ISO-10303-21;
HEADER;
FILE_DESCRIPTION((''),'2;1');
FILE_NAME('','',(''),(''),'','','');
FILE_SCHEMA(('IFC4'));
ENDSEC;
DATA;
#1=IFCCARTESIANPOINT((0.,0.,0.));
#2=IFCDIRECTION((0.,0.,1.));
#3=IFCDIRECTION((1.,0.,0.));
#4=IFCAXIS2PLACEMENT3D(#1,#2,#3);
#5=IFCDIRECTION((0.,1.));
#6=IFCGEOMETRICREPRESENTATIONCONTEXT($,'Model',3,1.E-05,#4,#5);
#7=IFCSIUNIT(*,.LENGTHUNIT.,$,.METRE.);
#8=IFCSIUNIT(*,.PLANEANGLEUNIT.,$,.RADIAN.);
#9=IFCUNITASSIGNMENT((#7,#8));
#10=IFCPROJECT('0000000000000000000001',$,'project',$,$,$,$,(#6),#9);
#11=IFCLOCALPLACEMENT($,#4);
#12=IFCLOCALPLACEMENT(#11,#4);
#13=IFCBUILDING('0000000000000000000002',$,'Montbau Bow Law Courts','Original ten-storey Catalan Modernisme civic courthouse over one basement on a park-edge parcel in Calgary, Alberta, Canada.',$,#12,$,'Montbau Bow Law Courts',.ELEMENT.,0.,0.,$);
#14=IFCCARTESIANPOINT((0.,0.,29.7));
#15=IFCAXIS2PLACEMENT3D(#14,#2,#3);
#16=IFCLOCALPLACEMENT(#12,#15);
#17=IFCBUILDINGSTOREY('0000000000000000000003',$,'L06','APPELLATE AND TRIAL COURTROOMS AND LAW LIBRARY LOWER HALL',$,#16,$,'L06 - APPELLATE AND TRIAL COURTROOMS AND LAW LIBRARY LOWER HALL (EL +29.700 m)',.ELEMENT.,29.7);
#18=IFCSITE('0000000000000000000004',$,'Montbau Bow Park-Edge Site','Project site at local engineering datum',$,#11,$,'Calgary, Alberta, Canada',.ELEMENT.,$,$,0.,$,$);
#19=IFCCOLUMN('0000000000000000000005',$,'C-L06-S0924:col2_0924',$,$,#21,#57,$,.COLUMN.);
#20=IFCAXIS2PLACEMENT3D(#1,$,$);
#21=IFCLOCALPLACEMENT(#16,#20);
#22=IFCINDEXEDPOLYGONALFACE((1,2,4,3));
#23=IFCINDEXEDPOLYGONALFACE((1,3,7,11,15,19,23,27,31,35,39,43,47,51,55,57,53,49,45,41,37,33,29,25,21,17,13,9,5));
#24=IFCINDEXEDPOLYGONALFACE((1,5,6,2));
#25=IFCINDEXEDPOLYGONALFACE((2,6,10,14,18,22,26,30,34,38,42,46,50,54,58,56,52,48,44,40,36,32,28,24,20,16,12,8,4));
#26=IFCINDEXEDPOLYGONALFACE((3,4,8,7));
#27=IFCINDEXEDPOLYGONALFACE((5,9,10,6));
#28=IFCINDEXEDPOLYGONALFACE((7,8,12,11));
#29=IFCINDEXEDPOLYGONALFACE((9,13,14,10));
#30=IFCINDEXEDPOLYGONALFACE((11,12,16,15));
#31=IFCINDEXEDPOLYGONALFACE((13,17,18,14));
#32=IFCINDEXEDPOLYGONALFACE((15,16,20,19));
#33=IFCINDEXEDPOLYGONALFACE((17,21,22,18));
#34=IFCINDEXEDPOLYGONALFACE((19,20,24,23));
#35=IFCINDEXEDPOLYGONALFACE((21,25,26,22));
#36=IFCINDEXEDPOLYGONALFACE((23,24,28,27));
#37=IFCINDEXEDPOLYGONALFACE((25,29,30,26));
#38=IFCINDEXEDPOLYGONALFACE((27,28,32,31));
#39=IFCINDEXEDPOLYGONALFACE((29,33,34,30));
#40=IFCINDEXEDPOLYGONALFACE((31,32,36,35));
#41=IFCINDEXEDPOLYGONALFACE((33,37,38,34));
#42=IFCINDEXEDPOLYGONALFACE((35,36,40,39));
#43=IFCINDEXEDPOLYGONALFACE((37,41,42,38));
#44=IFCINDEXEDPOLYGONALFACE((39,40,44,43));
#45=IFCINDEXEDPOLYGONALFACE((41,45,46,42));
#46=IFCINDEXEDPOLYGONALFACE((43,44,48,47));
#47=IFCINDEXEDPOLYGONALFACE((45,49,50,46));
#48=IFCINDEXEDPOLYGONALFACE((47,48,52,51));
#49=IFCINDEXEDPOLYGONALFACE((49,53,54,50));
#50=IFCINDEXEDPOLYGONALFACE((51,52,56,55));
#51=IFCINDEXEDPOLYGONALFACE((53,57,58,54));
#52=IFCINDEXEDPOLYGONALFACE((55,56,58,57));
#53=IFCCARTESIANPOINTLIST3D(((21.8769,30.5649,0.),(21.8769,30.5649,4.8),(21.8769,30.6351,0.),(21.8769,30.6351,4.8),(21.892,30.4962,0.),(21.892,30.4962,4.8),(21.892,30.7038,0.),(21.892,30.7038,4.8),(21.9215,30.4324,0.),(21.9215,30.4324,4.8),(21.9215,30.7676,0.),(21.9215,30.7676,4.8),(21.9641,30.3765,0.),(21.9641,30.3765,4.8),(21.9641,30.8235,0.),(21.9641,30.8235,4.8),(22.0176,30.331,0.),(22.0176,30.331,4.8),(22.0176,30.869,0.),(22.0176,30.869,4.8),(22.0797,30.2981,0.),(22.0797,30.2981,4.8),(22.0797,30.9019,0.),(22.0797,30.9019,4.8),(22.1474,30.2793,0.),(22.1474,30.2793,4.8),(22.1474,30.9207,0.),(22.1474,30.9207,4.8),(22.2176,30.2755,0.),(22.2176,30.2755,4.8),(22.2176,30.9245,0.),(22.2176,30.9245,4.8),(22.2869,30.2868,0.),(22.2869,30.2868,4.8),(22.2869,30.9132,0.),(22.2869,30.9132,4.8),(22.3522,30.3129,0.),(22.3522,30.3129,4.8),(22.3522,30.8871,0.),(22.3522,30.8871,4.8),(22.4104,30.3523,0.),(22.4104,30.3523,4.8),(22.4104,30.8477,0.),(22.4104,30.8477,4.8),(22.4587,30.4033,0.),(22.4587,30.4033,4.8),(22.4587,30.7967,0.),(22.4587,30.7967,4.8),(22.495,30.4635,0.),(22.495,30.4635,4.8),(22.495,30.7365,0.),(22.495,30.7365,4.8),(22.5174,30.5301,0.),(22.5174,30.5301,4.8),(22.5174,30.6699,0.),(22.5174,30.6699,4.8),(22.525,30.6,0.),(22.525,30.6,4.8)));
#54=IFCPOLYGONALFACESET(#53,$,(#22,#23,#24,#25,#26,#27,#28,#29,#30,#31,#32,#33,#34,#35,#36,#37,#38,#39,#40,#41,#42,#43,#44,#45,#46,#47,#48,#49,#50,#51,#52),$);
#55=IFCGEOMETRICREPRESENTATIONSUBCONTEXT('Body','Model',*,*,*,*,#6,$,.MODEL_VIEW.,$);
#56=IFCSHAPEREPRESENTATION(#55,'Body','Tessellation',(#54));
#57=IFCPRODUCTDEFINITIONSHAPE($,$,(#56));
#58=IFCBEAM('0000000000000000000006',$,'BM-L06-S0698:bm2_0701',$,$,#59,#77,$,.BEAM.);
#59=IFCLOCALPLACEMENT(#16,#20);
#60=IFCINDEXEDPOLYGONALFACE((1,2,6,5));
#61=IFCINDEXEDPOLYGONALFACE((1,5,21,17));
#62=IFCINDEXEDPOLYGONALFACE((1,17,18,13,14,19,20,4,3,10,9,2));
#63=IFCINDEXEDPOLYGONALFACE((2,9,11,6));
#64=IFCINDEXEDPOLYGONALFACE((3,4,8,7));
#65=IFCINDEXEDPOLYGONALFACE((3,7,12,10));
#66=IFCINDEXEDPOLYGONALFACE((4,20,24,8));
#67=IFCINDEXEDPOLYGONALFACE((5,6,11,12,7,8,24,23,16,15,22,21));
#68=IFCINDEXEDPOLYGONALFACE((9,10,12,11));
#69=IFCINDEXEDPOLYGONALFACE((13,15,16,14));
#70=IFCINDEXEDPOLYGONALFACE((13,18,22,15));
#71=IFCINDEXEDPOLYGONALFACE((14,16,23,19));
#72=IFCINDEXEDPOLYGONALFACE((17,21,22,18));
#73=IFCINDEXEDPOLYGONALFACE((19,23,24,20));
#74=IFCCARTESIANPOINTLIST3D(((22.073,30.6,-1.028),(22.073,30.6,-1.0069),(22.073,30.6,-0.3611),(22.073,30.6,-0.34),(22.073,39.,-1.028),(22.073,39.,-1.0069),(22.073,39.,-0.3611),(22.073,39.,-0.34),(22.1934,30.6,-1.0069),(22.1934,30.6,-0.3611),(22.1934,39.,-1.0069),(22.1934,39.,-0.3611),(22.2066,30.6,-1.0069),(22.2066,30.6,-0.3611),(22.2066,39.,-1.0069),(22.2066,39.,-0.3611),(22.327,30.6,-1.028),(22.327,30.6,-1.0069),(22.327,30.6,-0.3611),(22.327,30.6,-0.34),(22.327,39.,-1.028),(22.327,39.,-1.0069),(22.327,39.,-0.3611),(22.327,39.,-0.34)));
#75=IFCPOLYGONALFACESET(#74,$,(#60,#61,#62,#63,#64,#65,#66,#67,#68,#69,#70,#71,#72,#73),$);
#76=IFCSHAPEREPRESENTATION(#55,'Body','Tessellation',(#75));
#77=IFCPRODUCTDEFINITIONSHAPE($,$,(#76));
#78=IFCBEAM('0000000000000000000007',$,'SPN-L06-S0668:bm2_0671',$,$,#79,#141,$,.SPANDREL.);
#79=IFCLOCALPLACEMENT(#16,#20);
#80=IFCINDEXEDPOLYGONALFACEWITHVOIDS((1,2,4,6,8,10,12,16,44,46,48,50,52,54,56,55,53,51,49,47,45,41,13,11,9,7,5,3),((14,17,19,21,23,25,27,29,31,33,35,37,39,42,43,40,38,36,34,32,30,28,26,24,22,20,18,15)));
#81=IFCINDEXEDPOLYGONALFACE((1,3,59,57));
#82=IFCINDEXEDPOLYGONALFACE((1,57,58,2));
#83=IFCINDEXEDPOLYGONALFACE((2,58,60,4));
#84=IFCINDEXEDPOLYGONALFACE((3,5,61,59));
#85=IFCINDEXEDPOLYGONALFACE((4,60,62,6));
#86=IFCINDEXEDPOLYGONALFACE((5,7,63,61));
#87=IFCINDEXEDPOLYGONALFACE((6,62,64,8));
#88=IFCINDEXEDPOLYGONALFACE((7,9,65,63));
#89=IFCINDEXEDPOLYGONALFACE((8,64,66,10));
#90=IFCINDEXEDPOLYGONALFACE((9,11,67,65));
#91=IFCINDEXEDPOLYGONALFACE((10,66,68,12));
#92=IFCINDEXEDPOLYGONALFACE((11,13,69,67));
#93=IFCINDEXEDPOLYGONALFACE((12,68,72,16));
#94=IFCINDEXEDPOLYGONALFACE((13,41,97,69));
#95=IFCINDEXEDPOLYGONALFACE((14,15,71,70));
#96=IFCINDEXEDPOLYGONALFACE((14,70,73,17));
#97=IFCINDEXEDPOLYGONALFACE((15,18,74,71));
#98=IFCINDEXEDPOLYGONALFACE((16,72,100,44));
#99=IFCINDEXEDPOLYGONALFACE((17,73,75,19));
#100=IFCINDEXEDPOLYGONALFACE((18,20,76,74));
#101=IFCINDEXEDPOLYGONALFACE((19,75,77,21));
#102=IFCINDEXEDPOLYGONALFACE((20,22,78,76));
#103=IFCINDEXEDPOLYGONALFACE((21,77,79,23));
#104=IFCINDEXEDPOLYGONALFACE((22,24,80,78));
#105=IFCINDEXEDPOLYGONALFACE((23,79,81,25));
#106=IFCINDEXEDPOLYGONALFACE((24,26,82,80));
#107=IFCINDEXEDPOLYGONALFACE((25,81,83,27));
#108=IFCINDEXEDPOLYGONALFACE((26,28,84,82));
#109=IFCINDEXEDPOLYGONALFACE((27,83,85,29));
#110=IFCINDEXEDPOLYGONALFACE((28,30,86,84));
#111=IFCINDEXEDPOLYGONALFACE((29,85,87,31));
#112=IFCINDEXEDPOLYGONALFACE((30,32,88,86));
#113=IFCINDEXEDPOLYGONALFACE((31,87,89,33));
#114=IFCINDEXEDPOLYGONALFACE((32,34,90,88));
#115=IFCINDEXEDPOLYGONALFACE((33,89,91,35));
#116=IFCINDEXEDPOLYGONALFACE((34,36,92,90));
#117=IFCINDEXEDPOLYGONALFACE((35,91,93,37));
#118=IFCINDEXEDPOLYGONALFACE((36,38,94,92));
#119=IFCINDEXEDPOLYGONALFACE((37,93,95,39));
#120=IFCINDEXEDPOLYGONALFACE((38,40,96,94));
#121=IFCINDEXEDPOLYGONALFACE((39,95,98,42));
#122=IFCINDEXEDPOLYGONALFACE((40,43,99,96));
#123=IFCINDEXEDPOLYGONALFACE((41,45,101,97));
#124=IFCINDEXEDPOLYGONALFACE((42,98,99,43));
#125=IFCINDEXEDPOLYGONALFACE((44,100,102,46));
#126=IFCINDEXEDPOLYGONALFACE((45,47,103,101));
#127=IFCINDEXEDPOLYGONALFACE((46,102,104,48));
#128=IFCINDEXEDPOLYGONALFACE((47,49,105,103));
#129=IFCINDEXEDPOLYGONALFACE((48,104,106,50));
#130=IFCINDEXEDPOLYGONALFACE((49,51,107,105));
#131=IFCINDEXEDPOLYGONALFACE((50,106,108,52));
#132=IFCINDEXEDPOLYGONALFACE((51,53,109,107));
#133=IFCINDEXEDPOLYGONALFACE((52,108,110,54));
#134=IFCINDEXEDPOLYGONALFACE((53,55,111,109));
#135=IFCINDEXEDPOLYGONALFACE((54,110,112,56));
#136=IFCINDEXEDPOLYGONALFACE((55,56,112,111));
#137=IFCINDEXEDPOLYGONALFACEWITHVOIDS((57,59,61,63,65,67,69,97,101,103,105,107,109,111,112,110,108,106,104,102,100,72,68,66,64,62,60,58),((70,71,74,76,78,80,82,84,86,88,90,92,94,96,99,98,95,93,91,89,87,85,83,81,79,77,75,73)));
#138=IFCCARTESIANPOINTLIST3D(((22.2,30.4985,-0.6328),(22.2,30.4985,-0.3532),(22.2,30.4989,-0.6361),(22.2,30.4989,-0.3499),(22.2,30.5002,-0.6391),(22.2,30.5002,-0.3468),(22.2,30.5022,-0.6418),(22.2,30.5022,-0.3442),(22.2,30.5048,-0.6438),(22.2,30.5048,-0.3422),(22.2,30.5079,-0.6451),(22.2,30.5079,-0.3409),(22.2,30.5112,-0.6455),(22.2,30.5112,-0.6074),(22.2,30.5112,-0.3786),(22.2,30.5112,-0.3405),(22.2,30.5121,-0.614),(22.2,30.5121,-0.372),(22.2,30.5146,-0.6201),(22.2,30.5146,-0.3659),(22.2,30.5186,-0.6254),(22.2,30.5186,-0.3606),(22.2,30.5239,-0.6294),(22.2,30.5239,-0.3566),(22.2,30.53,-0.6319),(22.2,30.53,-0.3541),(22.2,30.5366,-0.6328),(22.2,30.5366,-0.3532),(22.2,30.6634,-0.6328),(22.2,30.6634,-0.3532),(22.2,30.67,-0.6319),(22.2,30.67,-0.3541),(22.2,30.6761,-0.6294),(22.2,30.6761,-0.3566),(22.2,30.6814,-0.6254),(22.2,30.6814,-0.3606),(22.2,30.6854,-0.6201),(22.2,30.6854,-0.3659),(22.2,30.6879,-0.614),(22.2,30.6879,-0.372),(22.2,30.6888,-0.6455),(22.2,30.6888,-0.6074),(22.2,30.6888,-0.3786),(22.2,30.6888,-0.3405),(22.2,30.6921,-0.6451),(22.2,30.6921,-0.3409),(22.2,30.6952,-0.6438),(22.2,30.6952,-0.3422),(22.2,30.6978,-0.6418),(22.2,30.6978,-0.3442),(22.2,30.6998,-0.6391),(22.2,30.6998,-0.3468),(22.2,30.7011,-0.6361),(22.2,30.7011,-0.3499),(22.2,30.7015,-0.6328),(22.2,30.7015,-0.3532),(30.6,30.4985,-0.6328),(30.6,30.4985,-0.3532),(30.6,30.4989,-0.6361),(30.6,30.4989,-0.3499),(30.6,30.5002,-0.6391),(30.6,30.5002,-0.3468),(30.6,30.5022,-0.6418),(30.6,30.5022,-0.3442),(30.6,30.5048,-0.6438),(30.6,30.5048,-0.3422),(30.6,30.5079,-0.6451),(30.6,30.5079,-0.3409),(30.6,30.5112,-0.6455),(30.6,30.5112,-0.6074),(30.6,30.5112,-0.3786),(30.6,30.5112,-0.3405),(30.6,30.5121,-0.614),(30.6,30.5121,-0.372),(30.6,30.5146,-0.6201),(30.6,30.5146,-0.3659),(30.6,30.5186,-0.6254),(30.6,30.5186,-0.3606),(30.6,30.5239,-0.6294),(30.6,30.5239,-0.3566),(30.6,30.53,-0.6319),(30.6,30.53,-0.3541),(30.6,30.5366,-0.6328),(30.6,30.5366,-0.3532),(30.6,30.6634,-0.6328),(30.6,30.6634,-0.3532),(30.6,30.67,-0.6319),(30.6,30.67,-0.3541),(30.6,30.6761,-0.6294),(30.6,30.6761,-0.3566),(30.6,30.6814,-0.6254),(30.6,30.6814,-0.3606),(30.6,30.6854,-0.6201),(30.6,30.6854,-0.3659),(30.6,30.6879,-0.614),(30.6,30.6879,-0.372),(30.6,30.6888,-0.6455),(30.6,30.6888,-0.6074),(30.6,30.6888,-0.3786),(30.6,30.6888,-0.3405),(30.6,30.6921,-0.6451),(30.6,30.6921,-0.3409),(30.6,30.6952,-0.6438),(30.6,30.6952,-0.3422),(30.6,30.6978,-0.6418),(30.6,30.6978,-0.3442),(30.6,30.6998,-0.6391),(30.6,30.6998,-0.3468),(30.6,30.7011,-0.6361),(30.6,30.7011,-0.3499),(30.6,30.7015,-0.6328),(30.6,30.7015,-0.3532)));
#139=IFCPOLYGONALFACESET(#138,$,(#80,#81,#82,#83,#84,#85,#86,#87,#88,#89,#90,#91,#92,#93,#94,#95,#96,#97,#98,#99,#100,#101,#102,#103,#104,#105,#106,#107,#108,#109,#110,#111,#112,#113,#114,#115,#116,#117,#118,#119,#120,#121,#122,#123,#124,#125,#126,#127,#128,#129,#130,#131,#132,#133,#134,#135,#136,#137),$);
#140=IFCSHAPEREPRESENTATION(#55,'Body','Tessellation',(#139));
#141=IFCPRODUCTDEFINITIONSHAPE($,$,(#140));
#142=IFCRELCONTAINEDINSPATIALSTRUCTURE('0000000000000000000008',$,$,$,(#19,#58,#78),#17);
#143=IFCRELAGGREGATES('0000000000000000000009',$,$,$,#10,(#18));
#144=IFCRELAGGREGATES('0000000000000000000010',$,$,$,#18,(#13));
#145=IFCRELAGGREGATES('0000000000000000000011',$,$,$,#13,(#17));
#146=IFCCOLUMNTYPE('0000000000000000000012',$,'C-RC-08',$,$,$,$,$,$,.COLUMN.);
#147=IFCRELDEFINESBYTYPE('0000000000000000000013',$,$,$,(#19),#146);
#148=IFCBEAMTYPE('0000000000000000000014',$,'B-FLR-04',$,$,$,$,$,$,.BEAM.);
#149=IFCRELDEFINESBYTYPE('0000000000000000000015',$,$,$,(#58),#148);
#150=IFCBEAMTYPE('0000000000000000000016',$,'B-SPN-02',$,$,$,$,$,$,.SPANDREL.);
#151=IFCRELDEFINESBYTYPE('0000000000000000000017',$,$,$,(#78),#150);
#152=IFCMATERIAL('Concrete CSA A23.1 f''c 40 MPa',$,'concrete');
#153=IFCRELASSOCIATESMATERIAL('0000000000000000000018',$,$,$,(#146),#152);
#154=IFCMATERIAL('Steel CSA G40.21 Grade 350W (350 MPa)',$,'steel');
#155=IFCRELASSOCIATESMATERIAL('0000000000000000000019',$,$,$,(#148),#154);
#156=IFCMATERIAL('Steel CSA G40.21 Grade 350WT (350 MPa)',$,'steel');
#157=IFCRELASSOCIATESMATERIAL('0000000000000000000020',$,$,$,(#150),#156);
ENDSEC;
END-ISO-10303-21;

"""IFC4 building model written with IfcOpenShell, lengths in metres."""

from ifc_helpers import new_model, si_unit, direction, frame, origin_with_axes, origin_2d_with_axis, place, context, subcontext, project, spatial, hollow_rectangle, circle, i_section, extrude, material, material_profile, profile_set, type_object, element, save


model = new_model("IFC4")

# Units and contexts
model_context = context("Model", 3, precision=1e-05, world=origin_with_axes(), true_north=direction((0.0, 1.0)))
body_context = subcontext(model_context, "Body", "Model", "MODEL_VIEW")
ifc_project = project(units=[si_unit("LENGTHUNIT", "METRE"), si_unit("PLANEANGLEUNIT", "RADIAN")], contexts=[model_context])

# Site, building, storey
site_placement = place(None, origin_with_axes())
site = spatial("IfcSite", under=ifc_project, at=site_placement, Name="Montbau Bow Park-Edge Site", Description="Project site at local engineering datum", LongName="Calgary, Alberta, Canada", CompositionType="ELEMENT", RefElevation=0.0)
building_placement = place(site_placement, origin_with_axes())
building = spatial("IfcBuilding", under=site, at=building_placement, Name="Montbau Bow Law Courts", Description="Original ten-storey Catalan Modernisme civic courthouse over one basement on a park-edge parcel in Calgary, Alberta, Canada.", LongName="Montbau Bow Law Courts", CompositionType="ELEMENT", ElevationOfRefHeight=0.0, ElevationOfTerrain=0.0)
storey_placement = place(building_placement, frame((0.0, 0.0, 29.7), z_axis=(0.0, 0.0, 1.0), x_axis=(1.0, 0.0, 0.0)))
storey = spatial("IfcBuildingStorey", under=building, at=storey_placement, Name="L06", Description="APPELLATE AND TRIAL COURTROOMS AND LAW LIBRARY LOWER HALL", LongName="L06 - APPELLATE AND TRIAL COURTROOMS AND LAW LIBRARY LOWER HALL (EL +29.700 m)", CompositionType="ELEMENT", Elevation=29.7)

# Column
ifc_material_1 = material(Name="Concrete CSA A23.1 f'c 40 MPa", Category="concrete")
ifc_material_profile_1 = material_profile(ifc_material_1, circle(Radius=0.325, at=origin_2d_with_axis()), Name="RC650D", Category="Main", Priority=0)
ifc_profile_set_1 = profile_set([ifc_material_profile_1], Name="Concrete CSA A23.1 f'c 40 MPa")
column_type = type_object("IfcColumnType", Name="C-RC-08", PredefinedType="COLUMN", material=ifc_profile_set_1)
column_placement = place(None, frame((22.2, 30.6, 29.7), z_axis=(0.0, 0.0, 1.0), x_axis=(1.0, 0.0, 0.0)))
element("IfcColumn", 1, at=column_placement, inside=storey, type_object=column_type, Name="C-L06-S0924:col2_0924", PredefinedType="COLUMN", context=body_context, shape_type="SweptSolid", body=[
    extrude(circle(Radius=0.325, at=origin_2d_with_axis()), origin_with_axes(), (0.0, 0.0, 1.0), 4.8),
])

# Beams
ifc_material_2 = material(Name="Steel CSA G40.21 Grade 350W (350 MPa)", Category="steel")
ifc_material_profile_2 = material_profile(ifc_material_2, i_section(OverallWidth=0.254, OverallDepth=0.688, WebThickness=0.0131, FlangeThickness=0.0211, at=origin_2d_with_axis()), Name="W690X152", Category="Main", Priority=0)
ifc_profile_set_2 = profile_set([ifc_material_profile_2], Name="Steel CSA G40.21 Grade 350W (350 MPa)")
beam_type_1 = type_object("IfcBeamType", Name="B-FLR-04", PredefinedType="BEAM", material=ifc_profile_set_2)
beam_1_placement = place(None, frame((22.2, 30.6, 29.016), z_axis=(0.0, 1.0, 0.0), x_axis=(-1.0, 0.0, 0.0)))
element("IfcBeam", 2, at=beam_1_placement, inside=storey, type_object=beam_type_1, Name="BM-L06-S0698:bm2_0701", PredefinedType="BEAM", context=body_context, shape_type="SweptSolid", body=[
    extrude(i_section(OverallWidth=0.254, OverallDepth=0.688, WebThickness=0.0131, FlangeThickness=0.0211, at=origin_2d_with_axis()), origin_with_axes(), (0.0, 0.0, 1.0), 8.4),
])
ifc_material_3 = material(Name="Steel CSA G40.21 Grade 350WT (350 MPa)", Category="steel")
ifc_material_profile_3 = material_profile(ifc_material_3, hollow_rectangle(XDim=0.203, YDim=0.305, WallThickness=0.0127, InnerFilletRadius=0.0254, OuterFilletRadius=0.0127, at=origin_2d_with_axis()), Name="HSS305X203X13", Category="Main", Priority=0)
ifc_profile_set_3 = profile_set([ifc_material_profile_3], Name="Steel CSA G40.21 Grade 350WT (350 MPa)")
beam_type_2 = type_object("IfcBeamType", Name="B-SPN-02", PredefinedType="SPANDREL", material=ifc_profile_set_3)
beam_2_placement = place(None, frame((22.2, 30.6, 29.207), z_axis=(1.0, 0.0, 0.0), x_axis=(0.0, 1.0, 0.0)))
element("IfcBeam", 3, at=beam_2_placement, inside=storey, type_object=beam_type_2, Name="SPN-L06-S0668:bm2_0671", PredefinedType="SPANDREL", context=body_context, shape_type="SweptSolid", body=[
    extrude(hollow_rectangle(XDim=0.203, YDim=0.305, WallThickness=0.0127, InnerFilletRadius=0.0254, OuterFilletRadius=0.0127, at=origin_2d_with_axis()), origin_with_axes(), (0.0, 0.0, 1.0), 8.4),
])

save(model, "model.ifc")
